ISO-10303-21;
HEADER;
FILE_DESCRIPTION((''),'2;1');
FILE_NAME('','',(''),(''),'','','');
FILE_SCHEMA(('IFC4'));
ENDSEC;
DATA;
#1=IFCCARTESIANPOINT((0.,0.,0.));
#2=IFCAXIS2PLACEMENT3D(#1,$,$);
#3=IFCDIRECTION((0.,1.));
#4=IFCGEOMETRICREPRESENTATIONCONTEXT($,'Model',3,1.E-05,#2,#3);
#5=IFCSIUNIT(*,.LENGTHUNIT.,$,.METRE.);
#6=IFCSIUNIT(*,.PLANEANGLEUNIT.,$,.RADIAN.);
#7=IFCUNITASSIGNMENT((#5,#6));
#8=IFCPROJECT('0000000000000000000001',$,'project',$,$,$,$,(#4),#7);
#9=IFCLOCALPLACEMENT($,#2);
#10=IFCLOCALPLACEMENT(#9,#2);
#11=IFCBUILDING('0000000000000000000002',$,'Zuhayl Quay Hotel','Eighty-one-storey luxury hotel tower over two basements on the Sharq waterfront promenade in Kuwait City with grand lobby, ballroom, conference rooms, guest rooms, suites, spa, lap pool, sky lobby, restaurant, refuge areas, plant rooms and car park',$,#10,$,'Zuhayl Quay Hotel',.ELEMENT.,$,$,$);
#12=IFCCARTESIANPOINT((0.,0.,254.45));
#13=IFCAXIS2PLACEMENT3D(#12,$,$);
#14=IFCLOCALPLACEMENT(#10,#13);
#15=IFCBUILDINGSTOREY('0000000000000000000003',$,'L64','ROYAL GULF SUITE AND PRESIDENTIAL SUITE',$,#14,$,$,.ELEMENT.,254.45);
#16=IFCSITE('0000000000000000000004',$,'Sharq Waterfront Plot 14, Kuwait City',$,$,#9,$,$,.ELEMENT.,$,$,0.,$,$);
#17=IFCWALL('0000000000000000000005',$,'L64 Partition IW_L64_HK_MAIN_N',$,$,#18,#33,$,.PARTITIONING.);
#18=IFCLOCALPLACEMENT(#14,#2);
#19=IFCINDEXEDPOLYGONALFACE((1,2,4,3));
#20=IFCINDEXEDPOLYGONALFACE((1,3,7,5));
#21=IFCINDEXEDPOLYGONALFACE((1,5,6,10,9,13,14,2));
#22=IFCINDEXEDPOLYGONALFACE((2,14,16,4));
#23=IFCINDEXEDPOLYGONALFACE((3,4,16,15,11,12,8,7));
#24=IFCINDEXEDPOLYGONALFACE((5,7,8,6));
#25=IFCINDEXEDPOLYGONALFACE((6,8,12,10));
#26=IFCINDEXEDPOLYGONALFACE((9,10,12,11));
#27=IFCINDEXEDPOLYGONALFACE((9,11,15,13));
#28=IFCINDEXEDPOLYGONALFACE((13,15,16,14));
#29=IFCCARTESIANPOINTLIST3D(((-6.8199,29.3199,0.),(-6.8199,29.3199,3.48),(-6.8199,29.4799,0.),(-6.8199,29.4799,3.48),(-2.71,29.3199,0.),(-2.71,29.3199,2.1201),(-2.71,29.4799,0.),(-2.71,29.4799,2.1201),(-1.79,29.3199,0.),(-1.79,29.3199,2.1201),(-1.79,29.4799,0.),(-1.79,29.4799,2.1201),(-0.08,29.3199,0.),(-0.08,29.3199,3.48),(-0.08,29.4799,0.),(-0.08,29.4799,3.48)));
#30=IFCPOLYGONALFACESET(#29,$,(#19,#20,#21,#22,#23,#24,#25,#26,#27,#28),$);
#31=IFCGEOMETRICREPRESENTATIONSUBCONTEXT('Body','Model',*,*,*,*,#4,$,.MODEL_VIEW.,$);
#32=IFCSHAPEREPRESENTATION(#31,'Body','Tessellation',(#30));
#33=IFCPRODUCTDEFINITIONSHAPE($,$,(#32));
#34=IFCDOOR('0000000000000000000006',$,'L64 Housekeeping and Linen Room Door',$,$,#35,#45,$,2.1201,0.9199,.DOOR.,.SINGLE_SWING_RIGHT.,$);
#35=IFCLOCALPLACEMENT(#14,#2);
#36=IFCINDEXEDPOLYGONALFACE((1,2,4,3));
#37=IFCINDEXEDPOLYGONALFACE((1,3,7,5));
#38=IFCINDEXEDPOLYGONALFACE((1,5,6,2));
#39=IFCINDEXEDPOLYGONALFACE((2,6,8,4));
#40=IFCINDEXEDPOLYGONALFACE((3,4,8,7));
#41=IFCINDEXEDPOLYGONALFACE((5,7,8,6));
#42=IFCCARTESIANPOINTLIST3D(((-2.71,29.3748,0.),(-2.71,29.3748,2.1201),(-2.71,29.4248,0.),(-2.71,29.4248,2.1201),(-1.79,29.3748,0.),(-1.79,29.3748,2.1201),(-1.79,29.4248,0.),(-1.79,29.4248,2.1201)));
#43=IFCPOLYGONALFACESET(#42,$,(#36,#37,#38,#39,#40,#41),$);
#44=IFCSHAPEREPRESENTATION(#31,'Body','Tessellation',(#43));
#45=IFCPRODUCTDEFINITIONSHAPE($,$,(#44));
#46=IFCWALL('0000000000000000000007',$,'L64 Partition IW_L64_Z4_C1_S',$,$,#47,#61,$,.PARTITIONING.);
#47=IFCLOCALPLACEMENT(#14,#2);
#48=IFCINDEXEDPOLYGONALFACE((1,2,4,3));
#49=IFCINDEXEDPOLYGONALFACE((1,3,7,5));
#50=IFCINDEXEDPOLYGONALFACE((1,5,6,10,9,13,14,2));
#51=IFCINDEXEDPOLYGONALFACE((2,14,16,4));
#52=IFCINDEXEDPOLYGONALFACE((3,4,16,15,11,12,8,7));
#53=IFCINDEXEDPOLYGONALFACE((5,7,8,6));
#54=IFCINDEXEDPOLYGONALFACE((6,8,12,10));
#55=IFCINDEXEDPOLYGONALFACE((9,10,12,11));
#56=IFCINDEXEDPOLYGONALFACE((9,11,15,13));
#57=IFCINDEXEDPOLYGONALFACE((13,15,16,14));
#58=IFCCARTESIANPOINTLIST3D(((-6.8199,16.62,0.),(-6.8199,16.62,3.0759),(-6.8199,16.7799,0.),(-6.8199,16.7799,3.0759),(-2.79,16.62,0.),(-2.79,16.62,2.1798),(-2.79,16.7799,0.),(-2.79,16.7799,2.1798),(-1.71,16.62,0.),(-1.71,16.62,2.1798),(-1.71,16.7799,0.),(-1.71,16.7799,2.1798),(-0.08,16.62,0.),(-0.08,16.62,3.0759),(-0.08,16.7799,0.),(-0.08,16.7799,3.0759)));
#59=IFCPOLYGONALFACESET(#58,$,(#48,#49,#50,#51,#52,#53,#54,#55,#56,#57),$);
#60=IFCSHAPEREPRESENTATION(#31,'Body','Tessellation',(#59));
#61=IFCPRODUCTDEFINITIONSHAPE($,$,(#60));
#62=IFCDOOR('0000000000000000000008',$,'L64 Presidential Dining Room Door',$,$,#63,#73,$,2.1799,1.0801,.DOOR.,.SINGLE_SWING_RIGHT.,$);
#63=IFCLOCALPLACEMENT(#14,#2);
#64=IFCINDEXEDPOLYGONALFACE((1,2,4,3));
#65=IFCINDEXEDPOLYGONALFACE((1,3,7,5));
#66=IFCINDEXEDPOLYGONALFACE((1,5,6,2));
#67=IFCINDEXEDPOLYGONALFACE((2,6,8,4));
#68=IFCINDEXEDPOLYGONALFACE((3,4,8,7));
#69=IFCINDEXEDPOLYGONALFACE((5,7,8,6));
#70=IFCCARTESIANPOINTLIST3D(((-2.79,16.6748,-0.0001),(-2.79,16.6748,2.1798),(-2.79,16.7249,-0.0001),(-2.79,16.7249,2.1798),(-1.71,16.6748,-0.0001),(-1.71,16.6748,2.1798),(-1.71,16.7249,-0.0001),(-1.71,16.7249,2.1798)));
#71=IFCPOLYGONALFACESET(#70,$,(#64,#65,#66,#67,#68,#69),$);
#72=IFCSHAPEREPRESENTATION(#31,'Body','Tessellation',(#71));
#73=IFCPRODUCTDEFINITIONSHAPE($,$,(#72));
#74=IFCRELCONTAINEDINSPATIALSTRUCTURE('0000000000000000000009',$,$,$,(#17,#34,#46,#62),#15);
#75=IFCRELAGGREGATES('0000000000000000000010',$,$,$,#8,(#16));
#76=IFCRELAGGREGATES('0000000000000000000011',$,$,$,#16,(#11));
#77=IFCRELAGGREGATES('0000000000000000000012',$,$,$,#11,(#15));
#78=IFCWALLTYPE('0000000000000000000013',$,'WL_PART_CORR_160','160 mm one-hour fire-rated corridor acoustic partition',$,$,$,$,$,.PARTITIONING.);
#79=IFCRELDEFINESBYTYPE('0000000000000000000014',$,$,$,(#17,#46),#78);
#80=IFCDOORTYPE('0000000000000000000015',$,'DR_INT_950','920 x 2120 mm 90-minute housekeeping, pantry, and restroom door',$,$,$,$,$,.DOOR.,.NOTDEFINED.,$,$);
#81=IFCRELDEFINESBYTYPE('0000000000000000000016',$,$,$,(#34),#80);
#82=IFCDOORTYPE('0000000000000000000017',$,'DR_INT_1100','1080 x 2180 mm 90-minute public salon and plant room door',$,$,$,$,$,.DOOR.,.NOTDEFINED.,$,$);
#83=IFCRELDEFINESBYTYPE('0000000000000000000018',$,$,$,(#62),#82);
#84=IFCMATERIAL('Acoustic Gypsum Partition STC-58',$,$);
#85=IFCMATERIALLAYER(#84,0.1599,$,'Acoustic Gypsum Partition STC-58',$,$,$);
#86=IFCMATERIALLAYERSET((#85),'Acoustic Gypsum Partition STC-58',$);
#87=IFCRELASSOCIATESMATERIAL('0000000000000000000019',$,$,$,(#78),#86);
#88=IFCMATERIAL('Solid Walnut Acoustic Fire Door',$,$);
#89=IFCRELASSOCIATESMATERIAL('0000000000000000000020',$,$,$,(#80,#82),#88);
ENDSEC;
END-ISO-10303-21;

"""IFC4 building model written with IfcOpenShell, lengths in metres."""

from ifc_helpers import new_model, si_unit, direction, frame, frame_2d, origin, place, context, subcontext, project, spatial, rectangle, extrude, material, layer, layer_set, type_object, element, fill, save


model = new_model("IFC4")

# Units and contexts
model_context = context("Model", 3, precision=1e-05, world=origin(), true_north=direction((0.0, 1.0)))
body_context = subcontext(model_context, "Body", "Model", "MODEL_VIEW")
ifc_project = project(units=[si_unit("LENGTHUNIT", "METRE"), si_unit("PLANEANGLEUNIT", "RADIAN")], contexts=[model_context])

# Site, building, storey
site_placement = place(None, origin())
site = spatial("IfcSite", under=ifc_project, at=site_placement, Name="Sharq Waterfront Plot 14, Kuwait City", CompositionType="ELEMENT", RefElevation=0.0)
building_placement = place(site_placement, origin())
building = spatial("IfcBuilding", under=site, at=building_placement, Name="Zuhayl Quay Hotel", Description="Eighty-one-storey luxury hotel tower over two basements on the Sharq waterfront promenade in Kuwait City with grand lobby, ballroom, conference rooms, guest rooms, suites, spa, lap pool, sky lobby, restaurant, refuge areas, plant rooms and car park", LongName="Zuhayl Quay Hotel", CompositionType="ELEMENT")
storey_placement = place(building_placement, frame((0.0, 0.0, 254.45)))
storey = spatial("IfcBuildingStorey", under=building, at=storey_placement, Name="L64", Description="ROYAL GULF SUITE AND PRESIDENTIAL SUITE", CompositionType="ELEMENT", Elevation=254.45)

# Shared definitions
ifc_material_1 = material(Name="Acoustic Gypsum Partition STC-58")

# Walls, openings, doors
ifc_layer_1 = layer(ifc_material_1, 0.1599, Name="Acoustic Gypsum Partition STC-58")
ifc_layer_set_1 = layer_set([ifc_layer_1], Name="Acoustic Gypsum Partition STC-58")
wall_type_1 = type_object("IfcWallType", Name="WL_PART_CORR_160", Description="160 mm one-hour fire-rated corridor acoustic partition", PredefinedType="PARTITIONING", material=ifc_layer_set_1)
wall_1_placement = place(storey_placement, frame((-6.8201, 29.3999, 0.0), z_axis=(0.0, 0.0, 1.0), x_axis=(1.0, 0.0, 0.0)))
wall_1 = element("IfcWall", 1, at=wall_1_placement, inside=storey, type_object=wall_type_1, Name="L64 Partition IW_L64_HK_MAIN_N", PredefinedType="PARTITIONING", context=body_context, shape_type="SweptSolid", body=[
    extrude(rectangle(XDim=6.74, YDim=0.1599, at=frame_2d((3.3701, 0.0))), origin(), (0.0, 0.0, 1.0), 3.48),
])
opening_1_placement = place(wall_1_placement, frame((4.1101, 0.0, 0.0)))
opening_1 = element("IfcOpeningElement", 2, at=opening_1_placement, cuts=wall_1, PredefinedType="OPENING", context=body_context, shape_type="SweptSolid", body=[
    extrude(rectangle(XDim=0.9199, YDim=2.1201, at=frame_2d((0.46, 1.0601))), frame((0.0, 0.0898, 0.0), z_axis=(0.0, -1.0, 0.0), x_axis=(1.0, 0.0, 0.0)), (0.0, 0.0, 1.0), 0.1799),
])
ifc_material_2 = material(Name="Solid Walnut Acoustic Fire Door")
door_type_1 = type_object("IfcDoorType", Name="DR_INT_950", Description="920 x 2120 mm 90-minute housekeeping, pantry, and restroom door", OperationType="NOTDEFINED", PredefinedType="DOOR", material=ifc_material_2)
door_1_placement = place(opening_1_placement, origin())
door_1 = element("IfcDoor", 3, at=door_1_placement, inside=storey, type_object=door_type_1, Name="L64 Housekeeping and Linen Room Door", OperationType="SINGLE_SWING_RIGHT", OverallHeight=2.1201, OverallWidth=0.9199, PredefinedType="DOOR", context=body_context, shape_type="SweptSolid", body=[
    extrude(rectangle(XDim=0.9199, YDim=2.1201, at=frame_2d((0.46, 1.0601))), frame((0.0, 0.0249, 0.0), z_axis=(0.0, -1.0, 0.0), x_axis=(1.0, 0.0, 0.0)), (0.0, 0.0, 1.0), 0.05),
])
fill(opening_1, door_1)
wall_2_placement = place(storey_placement, frame((-6.8201, 16.7, 0.0), z_axis=(0.0, 0.0, 1.0), x_axis=(1.0, 0.0, 0.0)))
wall_2 = element("IfcWall", 4, at=wall_2_placement, inside=storey, type_object=wall_type_1, Name="L64 Partition IW_L64_Z4_C1_S", PredefinedType="PARTITIONING", context=body_context, shape_type="SweptSolid", body=[
    extrude(rectangle(XDim=6.74, YDim=0.1599, at=frame_2d((3.3701, 0.0))), origin(), (0.0, 0.0, 1.0), 3.0759),
])
opening_2_placement = place(wall_2_placement, frame((4.03, 0.0, 0.0)))
opening_2 = element("IfcOpeningElement", 5, at=opening_2_placement, cuts=wall_2, PredefinedType="OPENING", context=body_context, shape_type="SweptSolid", body=[
    extrude(rectangle(XDim=1.0801, YDim=2.1799, at=frame_2d((0.54, 1.0898))), frame((0.0, 0.0898, 0.0), z_axis=(0.0, -1.0, 0.0), x_axis=(1.0, 0.0, 0.0)), (0.0, 0.0, 1.0), 0.1799),
])
door_type_2 = type_object("IfcDoorType", Name="DR_INT_1100", Description="1080 x 2180 mm 90-minute public salon and plant room door", OperationType="NOTDEFINED", PredefinedType="DOOR", material=ifc_material_2)
door_2_placement = place(opening_2_placement, origin())
door_2 = element("IfcDoor", 6, at=door_2_placement, inside=storey, type_object=door_type_2, Name="L64 Presidential Dining Room Door", OperationType="SINGLE_SWING_RIGHT", OverallHeight=2.1799, OverallWidth=1.0801, PredefinedType="DOOR", context=body_context, shape_type="SweptSolid", body=[
    extrude(rectangle(XDim=1.0801, YDim=2.1799, at=frame_2d((0.54, 1.0898))), frame((0.0, 0.0249, 0.0), z_axis=(0.0, -1.0, 0.0), x_axis=(1.0, 0.0, 0.0)), (0.0, 0.0, 1.0), 0.05),
])
fill(opening_2, door_2)

save(model, "model.ifc")
